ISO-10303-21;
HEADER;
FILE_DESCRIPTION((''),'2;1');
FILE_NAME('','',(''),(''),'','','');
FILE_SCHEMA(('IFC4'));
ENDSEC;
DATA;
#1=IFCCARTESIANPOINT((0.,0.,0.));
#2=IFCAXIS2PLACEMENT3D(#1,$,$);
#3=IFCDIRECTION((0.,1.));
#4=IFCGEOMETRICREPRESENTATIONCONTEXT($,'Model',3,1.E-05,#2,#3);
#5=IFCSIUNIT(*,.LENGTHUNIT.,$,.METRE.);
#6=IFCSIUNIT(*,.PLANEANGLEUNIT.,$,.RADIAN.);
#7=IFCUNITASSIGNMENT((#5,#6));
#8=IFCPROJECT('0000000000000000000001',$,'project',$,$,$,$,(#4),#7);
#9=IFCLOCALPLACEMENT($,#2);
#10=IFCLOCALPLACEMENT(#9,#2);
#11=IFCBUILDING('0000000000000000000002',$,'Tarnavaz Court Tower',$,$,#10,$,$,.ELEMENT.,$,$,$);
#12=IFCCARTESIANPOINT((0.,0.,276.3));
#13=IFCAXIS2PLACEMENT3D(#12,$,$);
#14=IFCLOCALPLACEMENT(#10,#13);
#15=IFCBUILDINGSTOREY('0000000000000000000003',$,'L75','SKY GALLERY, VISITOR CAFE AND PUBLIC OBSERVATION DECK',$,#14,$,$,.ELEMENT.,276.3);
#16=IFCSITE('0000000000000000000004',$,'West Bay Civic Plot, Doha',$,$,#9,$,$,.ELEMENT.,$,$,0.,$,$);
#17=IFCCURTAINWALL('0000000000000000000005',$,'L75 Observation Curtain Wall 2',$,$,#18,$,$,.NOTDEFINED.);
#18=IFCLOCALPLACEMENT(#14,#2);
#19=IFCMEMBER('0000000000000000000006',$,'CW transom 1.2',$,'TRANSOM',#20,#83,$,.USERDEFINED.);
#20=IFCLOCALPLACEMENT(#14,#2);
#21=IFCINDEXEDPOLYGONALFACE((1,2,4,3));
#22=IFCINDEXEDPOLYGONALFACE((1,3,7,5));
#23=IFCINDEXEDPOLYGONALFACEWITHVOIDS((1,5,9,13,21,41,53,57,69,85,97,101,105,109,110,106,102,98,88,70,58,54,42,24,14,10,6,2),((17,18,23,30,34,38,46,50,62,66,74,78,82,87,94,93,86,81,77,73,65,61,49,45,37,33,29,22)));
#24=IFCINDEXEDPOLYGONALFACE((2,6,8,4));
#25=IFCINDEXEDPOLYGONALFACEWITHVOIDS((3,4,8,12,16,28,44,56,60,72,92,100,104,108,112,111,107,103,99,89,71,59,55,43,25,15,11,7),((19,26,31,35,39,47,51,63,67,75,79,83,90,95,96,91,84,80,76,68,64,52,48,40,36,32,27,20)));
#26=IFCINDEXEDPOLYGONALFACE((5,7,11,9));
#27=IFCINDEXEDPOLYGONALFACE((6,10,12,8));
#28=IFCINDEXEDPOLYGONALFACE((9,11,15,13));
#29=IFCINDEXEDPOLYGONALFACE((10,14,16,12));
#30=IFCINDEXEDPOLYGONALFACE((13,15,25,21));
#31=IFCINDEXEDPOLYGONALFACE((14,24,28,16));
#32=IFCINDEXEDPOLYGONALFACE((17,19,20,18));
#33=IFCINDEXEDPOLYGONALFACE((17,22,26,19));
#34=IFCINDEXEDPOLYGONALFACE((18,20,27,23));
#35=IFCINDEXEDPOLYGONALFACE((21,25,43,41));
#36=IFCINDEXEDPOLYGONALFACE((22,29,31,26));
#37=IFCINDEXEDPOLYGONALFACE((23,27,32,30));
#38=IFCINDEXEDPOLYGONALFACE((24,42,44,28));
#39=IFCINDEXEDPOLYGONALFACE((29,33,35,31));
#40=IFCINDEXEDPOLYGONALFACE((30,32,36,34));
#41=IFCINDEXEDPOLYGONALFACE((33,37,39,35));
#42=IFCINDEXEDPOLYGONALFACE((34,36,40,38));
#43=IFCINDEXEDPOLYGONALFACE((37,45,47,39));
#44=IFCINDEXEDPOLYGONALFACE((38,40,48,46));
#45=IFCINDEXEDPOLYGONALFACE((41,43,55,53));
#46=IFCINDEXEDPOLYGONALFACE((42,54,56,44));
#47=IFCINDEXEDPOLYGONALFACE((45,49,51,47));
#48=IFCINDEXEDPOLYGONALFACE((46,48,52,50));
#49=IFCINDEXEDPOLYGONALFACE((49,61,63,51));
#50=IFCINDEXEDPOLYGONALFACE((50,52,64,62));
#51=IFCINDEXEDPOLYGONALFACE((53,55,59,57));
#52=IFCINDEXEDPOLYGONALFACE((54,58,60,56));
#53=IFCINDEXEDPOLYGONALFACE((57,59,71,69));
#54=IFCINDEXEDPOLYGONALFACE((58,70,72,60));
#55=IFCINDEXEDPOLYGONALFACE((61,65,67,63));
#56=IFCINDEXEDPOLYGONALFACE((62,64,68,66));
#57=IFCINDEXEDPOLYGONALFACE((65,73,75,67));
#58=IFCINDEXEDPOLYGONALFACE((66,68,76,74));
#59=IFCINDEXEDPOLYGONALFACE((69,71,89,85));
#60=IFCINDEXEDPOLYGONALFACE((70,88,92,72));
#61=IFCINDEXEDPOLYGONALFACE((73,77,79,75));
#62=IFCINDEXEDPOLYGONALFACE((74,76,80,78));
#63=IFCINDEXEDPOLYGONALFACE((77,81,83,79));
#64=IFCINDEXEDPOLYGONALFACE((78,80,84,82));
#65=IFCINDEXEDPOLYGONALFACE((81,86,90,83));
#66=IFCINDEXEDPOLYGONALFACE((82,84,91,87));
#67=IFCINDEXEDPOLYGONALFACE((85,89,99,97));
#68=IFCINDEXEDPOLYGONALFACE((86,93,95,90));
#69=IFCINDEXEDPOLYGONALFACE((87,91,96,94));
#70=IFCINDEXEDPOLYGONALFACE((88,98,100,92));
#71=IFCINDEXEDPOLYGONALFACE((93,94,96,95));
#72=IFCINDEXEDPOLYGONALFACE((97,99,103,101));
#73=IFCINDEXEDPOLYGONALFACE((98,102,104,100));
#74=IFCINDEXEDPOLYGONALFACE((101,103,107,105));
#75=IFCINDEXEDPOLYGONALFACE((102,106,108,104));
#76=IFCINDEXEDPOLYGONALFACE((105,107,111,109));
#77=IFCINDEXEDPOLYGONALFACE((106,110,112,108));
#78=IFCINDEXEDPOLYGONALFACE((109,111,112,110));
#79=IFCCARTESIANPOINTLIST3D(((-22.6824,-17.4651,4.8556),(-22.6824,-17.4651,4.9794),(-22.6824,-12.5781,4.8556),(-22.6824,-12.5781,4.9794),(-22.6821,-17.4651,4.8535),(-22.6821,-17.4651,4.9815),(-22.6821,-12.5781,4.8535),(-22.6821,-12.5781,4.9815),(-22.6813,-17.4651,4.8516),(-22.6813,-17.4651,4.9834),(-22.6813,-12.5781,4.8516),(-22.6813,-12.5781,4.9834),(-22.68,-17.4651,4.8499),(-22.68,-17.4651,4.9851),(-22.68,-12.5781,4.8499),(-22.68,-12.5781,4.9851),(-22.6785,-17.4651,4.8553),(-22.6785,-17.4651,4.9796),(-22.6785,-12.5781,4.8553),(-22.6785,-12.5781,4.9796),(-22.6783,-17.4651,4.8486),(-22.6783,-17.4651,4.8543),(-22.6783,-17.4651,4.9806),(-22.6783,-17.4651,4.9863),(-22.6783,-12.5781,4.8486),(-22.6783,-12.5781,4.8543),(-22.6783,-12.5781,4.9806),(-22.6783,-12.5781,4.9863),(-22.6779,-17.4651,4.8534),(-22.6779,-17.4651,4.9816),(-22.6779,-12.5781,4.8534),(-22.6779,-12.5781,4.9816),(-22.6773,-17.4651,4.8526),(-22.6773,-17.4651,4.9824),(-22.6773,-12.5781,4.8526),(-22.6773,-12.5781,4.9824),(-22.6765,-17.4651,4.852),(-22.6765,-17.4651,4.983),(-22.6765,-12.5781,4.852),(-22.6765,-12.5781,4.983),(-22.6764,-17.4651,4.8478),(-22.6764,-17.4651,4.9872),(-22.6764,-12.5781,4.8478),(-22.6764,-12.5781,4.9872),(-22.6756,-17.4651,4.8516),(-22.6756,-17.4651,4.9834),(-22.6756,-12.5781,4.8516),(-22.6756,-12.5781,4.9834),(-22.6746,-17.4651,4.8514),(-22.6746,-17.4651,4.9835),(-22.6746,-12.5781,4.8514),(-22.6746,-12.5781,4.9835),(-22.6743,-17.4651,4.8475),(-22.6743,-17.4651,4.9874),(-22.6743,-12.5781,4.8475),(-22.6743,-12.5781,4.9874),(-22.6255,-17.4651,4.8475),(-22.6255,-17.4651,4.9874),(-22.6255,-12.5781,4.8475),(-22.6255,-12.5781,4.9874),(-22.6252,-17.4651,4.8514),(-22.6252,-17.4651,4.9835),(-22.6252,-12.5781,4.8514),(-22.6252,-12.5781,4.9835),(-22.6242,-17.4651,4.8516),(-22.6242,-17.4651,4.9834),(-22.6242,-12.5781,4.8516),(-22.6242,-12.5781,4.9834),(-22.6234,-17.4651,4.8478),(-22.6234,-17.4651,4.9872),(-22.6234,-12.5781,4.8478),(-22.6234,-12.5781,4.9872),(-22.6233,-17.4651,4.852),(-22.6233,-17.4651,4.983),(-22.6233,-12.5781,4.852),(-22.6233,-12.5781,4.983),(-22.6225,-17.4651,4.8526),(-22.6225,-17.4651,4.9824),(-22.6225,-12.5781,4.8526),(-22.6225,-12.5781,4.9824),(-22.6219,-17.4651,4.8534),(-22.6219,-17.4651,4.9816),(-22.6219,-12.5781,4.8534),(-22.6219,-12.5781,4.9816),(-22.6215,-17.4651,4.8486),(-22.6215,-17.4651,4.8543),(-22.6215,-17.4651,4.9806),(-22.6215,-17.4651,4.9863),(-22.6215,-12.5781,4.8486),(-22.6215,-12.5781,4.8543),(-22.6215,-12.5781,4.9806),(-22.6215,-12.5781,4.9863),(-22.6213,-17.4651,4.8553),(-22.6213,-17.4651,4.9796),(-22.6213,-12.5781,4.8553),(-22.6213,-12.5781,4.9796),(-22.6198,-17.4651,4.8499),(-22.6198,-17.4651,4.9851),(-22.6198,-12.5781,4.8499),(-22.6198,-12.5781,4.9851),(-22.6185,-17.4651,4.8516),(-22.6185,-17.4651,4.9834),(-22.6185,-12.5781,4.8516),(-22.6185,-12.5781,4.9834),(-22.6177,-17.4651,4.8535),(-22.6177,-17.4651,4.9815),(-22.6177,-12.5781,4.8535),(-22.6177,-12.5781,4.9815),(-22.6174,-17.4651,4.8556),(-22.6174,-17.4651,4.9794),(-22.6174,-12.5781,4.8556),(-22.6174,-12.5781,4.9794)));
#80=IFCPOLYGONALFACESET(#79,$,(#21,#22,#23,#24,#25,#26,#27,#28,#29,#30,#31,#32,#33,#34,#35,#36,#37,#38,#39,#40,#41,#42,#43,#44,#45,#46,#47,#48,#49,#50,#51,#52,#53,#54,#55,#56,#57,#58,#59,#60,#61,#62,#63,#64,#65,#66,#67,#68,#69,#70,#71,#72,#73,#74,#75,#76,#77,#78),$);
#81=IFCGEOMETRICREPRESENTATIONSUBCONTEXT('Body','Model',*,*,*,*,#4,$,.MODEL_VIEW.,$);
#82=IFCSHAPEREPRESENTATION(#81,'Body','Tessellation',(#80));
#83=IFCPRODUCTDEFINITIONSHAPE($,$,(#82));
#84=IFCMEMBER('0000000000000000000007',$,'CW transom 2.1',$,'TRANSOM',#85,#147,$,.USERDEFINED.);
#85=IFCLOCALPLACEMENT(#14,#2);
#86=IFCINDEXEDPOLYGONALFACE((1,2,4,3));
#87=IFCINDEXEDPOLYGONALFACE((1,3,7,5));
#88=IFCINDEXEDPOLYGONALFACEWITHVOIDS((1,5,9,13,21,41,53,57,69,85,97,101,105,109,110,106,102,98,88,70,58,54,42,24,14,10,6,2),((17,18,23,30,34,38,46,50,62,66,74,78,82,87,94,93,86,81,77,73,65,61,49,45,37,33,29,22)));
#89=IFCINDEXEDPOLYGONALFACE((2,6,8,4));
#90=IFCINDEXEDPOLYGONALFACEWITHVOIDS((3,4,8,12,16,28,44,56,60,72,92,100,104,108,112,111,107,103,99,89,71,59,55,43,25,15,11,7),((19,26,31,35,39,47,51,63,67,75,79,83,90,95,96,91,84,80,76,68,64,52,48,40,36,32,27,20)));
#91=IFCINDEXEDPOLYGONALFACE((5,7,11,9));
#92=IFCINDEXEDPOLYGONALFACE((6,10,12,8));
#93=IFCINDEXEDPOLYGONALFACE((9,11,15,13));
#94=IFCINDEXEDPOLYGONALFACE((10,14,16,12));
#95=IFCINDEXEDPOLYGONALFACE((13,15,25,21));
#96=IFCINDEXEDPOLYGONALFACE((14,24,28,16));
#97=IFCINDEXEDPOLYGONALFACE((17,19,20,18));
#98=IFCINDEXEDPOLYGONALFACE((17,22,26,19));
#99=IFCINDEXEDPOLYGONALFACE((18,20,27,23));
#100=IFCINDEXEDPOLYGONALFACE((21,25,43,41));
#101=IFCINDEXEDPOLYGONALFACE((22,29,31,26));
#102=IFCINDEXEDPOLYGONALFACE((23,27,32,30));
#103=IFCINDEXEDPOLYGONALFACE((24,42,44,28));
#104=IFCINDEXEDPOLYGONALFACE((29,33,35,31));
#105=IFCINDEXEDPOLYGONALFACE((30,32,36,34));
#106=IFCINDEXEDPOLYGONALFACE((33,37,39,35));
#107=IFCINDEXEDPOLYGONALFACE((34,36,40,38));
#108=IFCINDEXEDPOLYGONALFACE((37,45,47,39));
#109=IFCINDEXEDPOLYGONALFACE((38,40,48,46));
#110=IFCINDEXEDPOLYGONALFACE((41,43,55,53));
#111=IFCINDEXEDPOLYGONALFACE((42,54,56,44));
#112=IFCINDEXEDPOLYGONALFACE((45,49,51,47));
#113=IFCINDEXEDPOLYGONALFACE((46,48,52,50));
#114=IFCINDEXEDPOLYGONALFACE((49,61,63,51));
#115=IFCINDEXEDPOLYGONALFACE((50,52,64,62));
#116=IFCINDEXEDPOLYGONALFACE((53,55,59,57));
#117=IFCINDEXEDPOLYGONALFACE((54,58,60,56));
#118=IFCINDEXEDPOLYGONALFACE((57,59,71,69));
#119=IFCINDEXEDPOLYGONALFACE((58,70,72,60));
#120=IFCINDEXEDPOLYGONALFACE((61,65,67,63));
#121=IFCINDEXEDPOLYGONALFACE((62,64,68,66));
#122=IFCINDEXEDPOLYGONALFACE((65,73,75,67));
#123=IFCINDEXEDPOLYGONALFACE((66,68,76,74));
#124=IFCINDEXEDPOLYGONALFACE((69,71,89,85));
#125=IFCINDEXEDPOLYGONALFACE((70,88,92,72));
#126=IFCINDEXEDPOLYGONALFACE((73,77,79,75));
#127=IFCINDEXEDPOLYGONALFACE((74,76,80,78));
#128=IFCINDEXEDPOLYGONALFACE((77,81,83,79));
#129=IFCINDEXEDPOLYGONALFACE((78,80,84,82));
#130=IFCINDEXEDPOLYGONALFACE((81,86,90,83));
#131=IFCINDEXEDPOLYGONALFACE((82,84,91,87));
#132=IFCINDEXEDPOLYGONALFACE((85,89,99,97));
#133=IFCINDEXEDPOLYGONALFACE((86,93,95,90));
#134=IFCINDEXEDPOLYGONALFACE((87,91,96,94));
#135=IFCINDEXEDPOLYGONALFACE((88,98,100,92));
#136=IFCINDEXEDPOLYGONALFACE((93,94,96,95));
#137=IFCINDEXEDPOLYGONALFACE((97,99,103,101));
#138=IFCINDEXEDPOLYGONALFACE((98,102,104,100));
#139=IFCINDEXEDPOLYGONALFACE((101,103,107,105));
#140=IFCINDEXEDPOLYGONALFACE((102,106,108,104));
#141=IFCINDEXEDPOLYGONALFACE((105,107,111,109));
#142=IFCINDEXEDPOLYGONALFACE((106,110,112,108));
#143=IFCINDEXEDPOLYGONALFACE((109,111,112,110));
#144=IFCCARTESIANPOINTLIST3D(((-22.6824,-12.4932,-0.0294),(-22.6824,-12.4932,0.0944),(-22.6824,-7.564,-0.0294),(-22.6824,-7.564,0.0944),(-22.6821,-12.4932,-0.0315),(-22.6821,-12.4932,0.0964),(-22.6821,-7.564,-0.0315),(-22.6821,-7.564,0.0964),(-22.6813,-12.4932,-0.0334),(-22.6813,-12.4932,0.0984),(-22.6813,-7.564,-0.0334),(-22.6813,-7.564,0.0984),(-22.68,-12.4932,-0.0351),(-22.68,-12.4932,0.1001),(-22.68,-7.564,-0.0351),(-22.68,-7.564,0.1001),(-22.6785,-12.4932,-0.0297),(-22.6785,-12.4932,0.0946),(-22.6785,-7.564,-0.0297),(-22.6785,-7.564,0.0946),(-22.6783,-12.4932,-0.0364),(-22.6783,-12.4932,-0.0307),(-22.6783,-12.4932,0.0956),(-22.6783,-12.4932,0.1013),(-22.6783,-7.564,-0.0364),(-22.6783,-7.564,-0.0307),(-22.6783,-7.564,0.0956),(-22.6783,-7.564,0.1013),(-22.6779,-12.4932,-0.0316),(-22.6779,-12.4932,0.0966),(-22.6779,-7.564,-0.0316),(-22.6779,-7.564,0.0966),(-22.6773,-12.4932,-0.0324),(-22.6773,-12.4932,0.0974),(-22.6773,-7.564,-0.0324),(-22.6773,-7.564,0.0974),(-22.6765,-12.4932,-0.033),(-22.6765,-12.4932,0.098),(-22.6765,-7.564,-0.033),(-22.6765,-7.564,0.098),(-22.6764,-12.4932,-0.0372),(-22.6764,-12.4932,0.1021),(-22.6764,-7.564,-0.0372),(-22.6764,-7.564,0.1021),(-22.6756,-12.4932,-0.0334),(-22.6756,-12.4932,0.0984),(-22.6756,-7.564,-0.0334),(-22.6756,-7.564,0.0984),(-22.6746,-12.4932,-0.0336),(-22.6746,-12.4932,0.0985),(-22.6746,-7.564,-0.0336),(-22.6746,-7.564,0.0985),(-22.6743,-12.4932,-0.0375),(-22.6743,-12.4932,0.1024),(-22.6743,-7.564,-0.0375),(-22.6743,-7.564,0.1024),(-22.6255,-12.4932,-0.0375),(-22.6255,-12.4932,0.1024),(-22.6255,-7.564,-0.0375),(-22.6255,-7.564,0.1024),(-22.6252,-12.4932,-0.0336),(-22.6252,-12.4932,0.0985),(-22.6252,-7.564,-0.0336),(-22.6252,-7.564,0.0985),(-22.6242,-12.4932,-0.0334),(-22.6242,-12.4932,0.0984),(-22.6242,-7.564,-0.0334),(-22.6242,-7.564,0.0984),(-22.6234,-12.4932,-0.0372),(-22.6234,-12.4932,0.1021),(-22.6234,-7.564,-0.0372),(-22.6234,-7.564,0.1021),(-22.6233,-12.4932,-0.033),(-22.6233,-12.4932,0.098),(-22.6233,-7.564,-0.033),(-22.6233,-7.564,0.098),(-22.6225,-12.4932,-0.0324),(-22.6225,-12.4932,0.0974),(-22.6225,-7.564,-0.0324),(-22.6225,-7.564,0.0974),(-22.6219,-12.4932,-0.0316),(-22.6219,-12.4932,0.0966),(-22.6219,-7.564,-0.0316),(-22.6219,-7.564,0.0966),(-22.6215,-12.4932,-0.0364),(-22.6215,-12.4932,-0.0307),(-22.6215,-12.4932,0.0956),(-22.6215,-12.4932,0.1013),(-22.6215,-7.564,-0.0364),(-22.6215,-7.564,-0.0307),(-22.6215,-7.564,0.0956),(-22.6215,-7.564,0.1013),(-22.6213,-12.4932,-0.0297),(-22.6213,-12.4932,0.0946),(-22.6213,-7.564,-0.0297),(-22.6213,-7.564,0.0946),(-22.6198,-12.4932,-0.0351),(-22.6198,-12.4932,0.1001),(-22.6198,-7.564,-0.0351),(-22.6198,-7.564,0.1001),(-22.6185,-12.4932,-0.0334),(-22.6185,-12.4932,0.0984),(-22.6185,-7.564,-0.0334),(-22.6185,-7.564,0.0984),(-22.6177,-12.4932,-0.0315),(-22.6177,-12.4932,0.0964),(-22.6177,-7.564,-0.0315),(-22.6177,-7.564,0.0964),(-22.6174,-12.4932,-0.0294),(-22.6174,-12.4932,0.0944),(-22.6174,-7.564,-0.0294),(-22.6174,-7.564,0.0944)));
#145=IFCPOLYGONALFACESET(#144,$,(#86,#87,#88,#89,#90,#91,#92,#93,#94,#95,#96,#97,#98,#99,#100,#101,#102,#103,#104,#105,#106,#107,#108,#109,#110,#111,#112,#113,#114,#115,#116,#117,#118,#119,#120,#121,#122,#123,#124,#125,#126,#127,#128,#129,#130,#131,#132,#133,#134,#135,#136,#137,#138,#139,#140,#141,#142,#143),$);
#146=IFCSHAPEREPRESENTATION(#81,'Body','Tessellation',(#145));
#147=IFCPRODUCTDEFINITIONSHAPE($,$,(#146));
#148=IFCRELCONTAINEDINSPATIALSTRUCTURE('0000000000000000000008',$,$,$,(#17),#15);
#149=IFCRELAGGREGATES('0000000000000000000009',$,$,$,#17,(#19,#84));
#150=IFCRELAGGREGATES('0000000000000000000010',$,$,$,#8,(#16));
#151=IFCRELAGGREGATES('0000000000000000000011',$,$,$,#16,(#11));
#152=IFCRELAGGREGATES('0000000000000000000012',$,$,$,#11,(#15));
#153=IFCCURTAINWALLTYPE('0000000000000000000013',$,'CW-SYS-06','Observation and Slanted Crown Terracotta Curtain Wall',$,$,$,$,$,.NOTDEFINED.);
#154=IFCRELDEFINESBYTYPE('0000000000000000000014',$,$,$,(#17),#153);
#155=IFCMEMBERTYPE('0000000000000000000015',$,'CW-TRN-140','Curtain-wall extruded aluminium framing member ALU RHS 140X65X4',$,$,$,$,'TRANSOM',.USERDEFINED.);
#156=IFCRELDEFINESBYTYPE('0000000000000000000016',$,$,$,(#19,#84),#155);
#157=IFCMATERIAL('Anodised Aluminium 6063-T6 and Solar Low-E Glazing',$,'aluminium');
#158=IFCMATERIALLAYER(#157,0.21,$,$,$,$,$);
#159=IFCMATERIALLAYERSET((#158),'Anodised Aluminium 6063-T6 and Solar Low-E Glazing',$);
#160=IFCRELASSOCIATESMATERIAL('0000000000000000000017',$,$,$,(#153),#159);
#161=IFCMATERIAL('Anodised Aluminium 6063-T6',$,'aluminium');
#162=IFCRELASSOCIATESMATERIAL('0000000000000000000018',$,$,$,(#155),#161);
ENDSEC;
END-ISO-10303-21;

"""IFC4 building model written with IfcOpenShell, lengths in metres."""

from ifc_helpers import new_model, si_unit, direction, frame, origin, origin_2d, place, context, subcontext, project, spatial, hollow_rectangle, extrude, material, layer, layer_set, material_profile, profile_set, type_object, element, aggregate, save


model = new_model("IFC4")

# Units and contexts
model_context = context("Model", 3, precision=1e-05, world=origin(), true_north=direction((0.0, 1.0)))
body_context = subcontext(model_context, "Body", "Model", "MODEL_VIEW")
ifc_project = project(units=[si_unit("LENGTHUNIT", "METRE"), si_unit("PLANEANGLEUNIT", "RADIAN")], contexts=[model_context])

# Site, building, storey
site_placement = place(None, origin())
site = spatial("IfcSite", under=ifc_project, at=site_placement, Name="West Bay Civic Plot, Doha", CompositionType="ELEMENT", RefElevation=0.0)
building_placement = place(site_placement, origin())
building = spatial("IfcBuilding", under=site, at=building_placement, Name="Tarnavaz Court Tower", CompositionType="ELEMENT")
storey_placement = place(building_placement, frame((0.0, 0.0, 276.3)))
storey = spatial("IfcBuildingStorey", under=building, at=storey_placement, Name="L75", Description="SKY GALLERY, VISITOR CAFE AND PUBLIC OBSERVATION DECK", CompositionType="ELEMENT", Elevation=276.3)

# Curtain wall, members
ifc_material_1 = material(Name="Anodised Aluminium 6063-T6 and Solar Low-E Glazing", Category="aluminium")
ifc_layer_1 = layer(ifc_material_1, 0.21)
ifc_layer_set_1 = layer_set([ifc_layer_1], Name="Anodised Aluminium 6063-T6 and Solar Low-E Glazing")
curtain_wall_type = type_object("IfcCurtainWallType", Name="CW-SYS-06", Description="Observation and Slanted Crown Terracotta Curtain Wall", PredefinedType="NOTDEFINED", material=ifc_layer_set_1)
curtain_wall_placement = place(storey_placement, origin())
curtain_wall = element("IfcCurtainWall", 1, at=curtain_wall_placement, inside=storey, type_object=curtain_wall_type, Name="L75 Observation Curtain Wall 2", PredefinedType="NOTDEFINED")
ifc_material_2 = material(Name="Anodised Aluminium 6063-T6", Category="aluminium")
ifc_material_profile_1 = material_profile(ifc_material_2, hollow_rectangle(XDim=0.0649, YDim=0.1399, WallThickness=0.0039, InnerFilletRadius=0.0039, OuterFilletRadius=0.0081, at=origin_2d()), Name="ALU RHS 140X65X4")
ifc_profile_set_1 = profile_set([ifc_material_profile_1], Name="Anodised Aluminium 6063-T6")
member_type_1 = type_object("IfcMemberType", Name="CW-TRN-140", Description="Curtain-wall extruded aluminium framing member ALU RHS 140X65X4", ElementType="TRANSOM", PredefinedType="USERDEFINED", material=ifc_profile_set_1)
member_1_placement = place(storey_placement, frame((-22.6499, -17.4651, 4.9175), z_axis=(0.0, 1.0, 0.0), x_axis=(-1.0, 0.0, 0.0)))
member_1 = element("IfcMember", 2, at=member_1_placement, type_object=member_type_1, Name="CW transom 1.2", ObjectType="TRANSOM", PredefinedType="USERDEFINED", context=body_context, shape_type="SweptSolid", body=[
    extrude(hollow_rectangle(XDim=0.0649, YDim=0.1399, WallThickness=0.0039, InnerFilletRadius=0.0039, OuterFilletRadius=0.0081, at=origin_2d()), origin(), (0.0, 0.0, 1.0), 4.887),
])
member_2_placement = place(storey_placement, frame((-22.6499, -12.4932, 0.0325), z_axis=(0.0, 1.0, 0.0), x_axis=(-1.0, 0.0, 0.0)))
member_2 = element("IfcMember", 3, at=member_2_placement, type_object=member_type_1, Name="CW transom 2.1", ObjectType="TRANSOM", PredefinedType="USERDEFINED", context=body_context, shape_type="SweptSolid", body=[
    extrude(hollow_rectangle(XDim=0.0649, YDim=0.1399, WallThickness=0.0039, InnerFilletRadius=0.0039, OuterFilletRadius=0.0081, at=origin_2d()), origin(), (0.0, 0.0, 1.0), 4.9292),
])
aggregate(curtain_wall, [member_1, member_2])

save(model, "model.ifc")
